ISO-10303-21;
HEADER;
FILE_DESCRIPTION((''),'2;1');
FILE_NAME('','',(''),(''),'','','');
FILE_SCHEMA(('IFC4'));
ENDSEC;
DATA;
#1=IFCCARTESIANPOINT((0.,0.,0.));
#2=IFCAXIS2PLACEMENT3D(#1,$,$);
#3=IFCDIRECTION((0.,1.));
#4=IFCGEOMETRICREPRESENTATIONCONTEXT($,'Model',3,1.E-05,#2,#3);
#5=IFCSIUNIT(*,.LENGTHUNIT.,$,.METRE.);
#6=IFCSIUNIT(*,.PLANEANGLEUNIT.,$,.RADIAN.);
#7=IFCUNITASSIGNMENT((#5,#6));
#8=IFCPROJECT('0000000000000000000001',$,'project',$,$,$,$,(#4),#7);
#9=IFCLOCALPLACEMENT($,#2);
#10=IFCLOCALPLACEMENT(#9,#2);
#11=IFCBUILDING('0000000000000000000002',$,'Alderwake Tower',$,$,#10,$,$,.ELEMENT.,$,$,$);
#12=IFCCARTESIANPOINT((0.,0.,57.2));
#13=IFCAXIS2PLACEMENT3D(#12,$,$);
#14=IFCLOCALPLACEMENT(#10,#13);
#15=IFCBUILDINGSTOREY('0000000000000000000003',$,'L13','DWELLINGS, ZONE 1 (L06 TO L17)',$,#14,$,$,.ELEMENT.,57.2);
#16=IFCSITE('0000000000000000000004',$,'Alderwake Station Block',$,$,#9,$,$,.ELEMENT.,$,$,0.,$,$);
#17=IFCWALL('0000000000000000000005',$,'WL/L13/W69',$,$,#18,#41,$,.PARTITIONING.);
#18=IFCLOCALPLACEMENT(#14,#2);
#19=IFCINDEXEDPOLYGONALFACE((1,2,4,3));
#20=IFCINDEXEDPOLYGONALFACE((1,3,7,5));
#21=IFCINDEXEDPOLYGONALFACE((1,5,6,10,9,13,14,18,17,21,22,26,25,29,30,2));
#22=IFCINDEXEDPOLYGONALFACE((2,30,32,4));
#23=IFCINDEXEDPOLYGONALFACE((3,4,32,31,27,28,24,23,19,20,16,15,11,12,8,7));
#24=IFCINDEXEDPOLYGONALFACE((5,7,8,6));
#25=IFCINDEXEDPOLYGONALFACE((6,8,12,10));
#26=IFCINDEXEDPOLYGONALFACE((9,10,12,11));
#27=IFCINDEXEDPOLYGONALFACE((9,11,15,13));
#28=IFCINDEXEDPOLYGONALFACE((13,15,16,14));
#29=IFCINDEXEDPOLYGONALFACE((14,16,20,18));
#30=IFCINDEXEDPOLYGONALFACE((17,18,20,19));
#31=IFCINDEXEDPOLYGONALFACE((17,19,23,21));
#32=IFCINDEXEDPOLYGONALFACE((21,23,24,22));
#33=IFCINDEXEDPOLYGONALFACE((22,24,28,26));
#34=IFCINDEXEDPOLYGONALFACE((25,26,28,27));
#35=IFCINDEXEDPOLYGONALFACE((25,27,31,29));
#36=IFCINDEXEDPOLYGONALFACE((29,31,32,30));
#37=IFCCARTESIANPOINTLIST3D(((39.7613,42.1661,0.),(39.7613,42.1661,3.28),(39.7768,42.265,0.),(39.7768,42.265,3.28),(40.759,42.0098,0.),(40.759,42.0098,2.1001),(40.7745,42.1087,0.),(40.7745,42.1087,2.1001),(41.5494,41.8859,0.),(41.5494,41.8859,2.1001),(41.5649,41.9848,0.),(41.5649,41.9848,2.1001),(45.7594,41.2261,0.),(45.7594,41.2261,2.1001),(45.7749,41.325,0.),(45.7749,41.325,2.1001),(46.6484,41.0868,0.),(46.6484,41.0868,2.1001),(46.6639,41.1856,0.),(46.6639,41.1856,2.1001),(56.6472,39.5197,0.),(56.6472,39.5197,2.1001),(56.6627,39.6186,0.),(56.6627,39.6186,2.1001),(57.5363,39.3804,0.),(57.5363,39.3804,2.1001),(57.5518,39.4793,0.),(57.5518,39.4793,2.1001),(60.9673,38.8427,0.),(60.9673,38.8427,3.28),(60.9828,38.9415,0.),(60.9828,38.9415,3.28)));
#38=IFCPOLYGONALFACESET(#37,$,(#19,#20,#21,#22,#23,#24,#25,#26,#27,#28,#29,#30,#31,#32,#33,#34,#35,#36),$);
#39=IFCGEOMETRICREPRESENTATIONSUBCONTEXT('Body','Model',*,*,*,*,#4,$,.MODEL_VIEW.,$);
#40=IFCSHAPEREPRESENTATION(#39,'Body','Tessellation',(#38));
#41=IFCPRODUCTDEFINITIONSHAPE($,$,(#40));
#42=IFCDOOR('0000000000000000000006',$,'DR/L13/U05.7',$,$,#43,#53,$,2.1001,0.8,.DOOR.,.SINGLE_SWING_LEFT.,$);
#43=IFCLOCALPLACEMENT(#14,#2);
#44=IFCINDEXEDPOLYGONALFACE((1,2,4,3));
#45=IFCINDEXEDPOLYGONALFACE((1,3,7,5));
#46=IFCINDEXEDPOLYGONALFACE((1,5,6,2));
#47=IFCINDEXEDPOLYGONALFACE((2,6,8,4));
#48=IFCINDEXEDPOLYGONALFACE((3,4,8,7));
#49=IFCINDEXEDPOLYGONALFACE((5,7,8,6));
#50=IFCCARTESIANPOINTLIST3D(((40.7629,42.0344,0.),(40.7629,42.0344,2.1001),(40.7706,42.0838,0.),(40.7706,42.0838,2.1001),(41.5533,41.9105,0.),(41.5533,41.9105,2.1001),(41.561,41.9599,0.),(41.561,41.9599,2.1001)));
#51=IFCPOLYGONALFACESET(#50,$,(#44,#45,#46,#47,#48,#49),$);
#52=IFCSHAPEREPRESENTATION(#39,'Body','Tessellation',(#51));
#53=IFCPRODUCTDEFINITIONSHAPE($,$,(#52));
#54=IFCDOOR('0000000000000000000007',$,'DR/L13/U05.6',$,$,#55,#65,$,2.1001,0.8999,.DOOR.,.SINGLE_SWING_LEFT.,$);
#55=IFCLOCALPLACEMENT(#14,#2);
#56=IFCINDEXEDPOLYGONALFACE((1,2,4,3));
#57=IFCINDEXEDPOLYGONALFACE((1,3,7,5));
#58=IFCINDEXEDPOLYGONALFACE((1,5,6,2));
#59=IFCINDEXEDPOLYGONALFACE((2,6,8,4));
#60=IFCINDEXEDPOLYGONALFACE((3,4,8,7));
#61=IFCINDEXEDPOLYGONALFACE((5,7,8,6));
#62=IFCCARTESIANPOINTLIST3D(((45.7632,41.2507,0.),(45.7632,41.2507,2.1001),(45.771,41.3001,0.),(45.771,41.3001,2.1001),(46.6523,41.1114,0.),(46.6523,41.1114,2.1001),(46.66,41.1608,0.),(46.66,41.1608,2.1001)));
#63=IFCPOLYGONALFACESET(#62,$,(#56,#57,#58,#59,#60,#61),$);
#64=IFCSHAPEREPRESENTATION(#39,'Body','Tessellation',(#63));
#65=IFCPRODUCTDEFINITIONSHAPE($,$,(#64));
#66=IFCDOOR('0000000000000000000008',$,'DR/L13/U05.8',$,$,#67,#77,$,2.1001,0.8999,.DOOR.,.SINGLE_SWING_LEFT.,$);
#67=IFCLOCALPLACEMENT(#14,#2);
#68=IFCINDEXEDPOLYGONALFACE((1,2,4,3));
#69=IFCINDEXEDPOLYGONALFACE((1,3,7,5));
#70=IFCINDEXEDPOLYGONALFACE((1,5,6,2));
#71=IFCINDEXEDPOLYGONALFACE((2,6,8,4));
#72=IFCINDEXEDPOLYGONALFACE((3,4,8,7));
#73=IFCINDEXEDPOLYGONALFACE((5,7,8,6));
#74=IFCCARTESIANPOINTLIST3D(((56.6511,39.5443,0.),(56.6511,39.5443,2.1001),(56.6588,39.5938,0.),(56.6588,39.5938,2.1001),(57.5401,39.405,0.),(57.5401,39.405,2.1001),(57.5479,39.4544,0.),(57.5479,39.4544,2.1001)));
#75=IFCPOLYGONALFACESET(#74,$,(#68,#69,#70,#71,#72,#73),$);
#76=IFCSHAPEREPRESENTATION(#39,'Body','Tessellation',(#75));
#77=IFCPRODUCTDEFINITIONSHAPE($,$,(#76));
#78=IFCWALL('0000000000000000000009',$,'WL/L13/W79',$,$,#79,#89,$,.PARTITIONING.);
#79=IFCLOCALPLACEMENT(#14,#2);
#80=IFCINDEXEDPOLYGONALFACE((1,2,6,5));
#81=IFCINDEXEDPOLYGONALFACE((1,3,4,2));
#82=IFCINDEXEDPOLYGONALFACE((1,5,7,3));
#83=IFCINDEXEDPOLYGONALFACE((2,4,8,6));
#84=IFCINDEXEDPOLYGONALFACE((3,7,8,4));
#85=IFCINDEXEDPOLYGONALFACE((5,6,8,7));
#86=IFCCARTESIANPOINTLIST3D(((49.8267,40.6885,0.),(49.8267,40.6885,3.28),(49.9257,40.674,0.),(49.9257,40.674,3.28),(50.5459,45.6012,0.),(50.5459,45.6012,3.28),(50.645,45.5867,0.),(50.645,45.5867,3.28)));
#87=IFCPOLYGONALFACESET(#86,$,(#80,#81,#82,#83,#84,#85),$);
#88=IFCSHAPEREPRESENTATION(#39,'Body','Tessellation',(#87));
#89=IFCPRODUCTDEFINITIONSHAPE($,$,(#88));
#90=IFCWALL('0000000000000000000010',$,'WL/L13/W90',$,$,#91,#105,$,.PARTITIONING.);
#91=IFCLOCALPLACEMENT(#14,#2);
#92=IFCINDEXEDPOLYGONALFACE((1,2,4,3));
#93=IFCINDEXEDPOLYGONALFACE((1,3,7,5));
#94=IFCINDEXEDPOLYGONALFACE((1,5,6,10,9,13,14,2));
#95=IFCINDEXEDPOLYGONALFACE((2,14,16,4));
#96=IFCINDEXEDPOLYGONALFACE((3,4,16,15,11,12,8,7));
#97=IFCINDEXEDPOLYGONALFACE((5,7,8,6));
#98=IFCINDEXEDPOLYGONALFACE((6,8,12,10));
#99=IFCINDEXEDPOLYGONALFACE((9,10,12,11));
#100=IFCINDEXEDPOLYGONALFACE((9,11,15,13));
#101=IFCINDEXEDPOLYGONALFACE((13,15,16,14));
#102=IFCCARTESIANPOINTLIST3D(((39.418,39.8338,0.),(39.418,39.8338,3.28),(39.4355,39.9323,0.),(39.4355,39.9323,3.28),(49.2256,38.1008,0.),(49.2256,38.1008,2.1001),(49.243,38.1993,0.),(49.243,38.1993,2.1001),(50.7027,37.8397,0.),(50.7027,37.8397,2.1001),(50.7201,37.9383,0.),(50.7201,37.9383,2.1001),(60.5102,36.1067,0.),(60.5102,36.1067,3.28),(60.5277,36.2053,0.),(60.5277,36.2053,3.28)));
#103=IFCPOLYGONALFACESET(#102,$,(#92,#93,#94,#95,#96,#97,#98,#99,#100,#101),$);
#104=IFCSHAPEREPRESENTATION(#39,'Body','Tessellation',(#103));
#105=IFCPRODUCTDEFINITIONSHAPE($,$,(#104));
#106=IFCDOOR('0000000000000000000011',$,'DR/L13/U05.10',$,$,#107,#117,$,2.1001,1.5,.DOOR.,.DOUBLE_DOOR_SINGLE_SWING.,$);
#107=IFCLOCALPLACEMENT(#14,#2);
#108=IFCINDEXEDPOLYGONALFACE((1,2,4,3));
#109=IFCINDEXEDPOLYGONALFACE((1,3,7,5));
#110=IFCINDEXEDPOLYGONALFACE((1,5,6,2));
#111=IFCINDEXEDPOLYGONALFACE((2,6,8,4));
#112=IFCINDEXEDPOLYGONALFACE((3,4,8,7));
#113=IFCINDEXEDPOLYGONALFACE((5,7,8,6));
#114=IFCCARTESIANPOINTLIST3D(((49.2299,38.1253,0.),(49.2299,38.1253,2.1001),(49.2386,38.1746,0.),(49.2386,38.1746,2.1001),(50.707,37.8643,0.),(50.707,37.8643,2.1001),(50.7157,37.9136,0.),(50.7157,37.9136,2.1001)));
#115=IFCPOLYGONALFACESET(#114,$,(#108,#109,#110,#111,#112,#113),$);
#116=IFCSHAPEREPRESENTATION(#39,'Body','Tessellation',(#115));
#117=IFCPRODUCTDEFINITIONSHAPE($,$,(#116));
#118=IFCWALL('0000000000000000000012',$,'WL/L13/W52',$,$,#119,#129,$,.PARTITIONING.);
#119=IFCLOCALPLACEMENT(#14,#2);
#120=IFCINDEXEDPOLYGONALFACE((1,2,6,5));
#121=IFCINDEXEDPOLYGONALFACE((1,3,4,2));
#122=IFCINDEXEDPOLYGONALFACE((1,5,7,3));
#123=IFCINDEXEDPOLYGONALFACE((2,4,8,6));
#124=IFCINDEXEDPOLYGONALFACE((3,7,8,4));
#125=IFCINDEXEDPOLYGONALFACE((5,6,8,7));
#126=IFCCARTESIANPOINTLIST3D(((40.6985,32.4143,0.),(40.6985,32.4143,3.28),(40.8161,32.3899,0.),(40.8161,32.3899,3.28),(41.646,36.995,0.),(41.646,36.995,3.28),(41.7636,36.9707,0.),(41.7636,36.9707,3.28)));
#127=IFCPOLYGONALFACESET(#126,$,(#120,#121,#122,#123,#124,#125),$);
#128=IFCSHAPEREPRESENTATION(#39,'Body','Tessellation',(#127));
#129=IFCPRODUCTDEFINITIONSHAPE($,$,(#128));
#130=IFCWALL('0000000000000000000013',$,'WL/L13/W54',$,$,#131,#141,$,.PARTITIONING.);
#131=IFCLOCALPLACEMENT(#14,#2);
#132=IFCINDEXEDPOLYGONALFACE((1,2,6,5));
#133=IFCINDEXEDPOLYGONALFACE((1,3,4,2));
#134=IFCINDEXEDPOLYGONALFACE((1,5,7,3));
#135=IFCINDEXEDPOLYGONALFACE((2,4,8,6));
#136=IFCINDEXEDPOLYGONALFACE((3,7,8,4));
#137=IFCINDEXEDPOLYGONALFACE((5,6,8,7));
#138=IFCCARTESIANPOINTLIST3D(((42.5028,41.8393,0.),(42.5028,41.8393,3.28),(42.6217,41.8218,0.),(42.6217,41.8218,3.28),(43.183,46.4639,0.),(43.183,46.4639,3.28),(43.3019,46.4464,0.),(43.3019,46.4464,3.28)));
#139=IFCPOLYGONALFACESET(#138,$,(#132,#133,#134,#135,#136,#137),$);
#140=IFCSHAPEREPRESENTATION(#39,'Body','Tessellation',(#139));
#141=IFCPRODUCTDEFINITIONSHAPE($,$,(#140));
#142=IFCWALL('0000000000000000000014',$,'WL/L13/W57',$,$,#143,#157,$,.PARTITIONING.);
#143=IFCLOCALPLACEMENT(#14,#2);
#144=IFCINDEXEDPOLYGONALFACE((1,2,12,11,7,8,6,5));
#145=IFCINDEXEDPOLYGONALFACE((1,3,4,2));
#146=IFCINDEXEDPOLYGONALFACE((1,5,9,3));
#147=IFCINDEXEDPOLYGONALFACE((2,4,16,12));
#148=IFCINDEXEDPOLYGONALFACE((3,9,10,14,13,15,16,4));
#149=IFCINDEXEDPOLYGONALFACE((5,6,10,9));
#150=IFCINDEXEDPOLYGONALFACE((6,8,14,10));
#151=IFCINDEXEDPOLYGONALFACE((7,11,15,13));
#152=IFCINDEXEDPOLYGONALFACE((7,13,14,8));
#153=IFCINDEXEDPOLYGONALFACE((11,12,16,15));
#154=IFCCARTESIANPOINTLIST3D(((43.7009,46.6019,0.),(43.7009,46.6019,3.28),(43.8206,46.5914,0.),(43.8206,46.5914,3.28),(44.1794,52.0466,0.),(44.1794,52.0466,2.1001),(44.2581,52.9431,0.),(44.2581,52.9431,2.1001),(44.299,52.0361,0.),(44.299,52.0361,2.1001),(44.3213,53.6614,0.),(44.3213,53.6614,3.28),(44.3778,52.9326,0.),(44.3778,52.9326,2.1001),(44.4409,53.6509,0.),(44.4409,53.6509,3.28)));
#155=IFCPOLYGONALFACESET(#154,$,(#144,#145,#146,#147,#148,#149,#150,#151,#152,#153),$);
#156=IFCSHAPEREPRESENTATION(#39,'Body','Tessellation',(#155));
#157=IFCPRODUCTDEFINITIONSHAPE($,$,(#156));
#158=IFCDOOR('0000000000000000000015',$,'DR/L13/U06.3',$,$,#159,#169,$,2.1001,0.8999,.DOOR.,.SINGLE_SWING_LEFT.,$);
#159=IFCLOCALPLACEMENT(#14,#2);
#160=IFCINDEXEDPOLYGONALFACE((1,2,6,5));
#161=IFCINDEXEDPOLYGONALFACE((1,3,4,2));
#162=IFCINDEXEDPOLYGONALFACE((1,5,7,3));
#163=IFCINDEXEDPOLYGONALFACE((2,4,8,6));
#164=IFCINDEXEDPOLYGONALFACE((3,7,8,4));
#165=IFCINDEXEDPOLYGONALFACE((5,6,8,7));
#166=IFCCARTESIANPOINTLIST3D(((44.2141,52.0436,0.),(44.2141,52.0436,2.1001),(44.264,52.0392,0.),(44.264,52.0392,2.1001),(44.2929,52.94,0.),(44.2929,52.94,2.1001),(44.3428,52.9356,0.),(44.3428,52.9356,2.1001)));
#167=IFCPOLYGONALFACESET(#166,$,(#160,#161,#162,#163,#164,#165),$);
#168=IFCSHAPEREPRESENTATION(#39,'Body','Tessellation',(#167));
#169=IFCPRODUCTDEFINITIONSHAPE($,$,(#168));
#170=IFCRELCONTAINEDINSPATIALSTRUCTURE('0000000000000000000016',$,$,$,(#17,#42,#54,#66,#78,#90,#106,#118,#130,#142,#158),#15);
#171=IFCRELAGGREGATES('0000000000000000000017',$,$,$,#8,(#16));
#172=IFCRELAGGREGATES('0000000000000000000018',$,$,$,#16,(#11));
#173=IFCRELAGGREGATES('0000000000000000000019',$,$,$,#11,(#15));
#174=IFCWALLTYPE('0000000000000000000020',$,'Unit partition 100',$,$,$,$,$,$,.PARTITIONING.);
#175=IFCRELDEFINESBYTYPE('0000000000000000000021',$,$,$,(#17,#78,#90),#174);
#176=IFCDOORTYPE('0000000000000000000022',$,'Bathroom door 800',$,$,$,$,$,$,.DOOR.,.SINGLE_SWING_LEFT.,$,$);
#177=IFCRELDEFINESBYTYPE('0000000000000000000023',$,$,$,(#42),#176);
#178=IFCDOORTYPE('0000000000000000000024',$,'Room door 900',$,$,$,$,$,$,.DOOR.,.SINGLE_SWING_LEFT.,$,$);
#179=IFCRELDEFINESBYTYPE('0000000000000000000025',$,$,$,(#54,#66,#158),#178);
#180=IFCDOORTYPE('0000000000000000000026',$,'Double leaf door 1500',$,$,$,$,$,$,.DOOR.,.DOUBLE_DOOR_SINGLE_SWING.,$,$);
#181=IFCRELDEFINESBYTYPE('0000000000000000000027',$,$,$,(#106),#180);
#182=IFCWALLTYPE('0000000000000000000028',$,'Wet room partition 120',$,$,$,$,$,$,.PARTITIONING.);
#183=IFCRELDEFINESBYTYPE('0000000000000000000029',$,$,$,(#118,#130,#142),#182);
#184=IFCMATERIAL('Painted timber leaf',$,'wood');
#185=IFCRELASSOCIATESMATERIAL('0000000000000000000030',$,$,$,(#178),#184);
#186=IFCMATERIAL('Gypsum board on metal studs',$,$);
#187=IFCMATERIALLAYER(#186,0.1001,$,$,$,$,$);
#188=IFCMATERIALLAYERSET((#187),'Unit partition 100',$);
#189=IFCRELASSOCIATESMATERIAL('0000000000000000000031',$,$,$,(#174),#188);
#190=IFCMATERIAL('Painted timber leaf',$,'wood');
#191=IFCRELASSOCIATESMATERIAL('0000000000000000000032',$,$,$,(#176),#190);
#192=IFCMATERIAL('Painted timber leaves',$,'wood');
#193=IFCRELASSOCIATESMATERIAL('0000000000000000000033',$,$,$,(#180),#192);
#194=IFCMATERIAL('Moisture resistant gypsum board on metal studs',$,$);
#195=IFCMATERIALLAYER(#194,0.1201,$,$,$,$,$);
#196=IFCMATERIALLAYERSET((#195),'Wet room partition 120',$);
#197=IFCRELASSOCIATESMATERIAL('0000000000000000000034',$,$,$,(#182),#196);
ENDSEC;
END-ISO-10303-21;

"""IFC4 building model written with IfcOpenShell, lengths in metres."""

from ifc_helpers import new_model, si_unit, direction, frame, frame_2d, origin, place, context, subcontext, project, spatial, rectangle, extrude, material, layer, layer_set, type_object, element, fill, save


model = new_model("IFC4")

# Units and contexts
model_context = context("Model", 3, precision=1e-05, world=origin(), true_north=direction((0.0, 1.0)))
body_context = subcontext(model_context, "Body", "Model", "MODEL_VIEW")
ifc_project = project(units=[si_unit("LENGTHUNIT", "METRE"), si_unit("PLANEANGLEUNIT", "RADIAN")], contexts=[model_context])

# Site, building, storey
site_placement = place(None, origin())
site = spatial("IfcSite", under=ifc_project, at=site_placement, Name="Alderwake Station Block", CompositionType="ELEMENT", RefElevation=0.0)
building_placement = place(site_placement, origin())
building = spatial("IfcBuilding", under=site, at=building_placement, Name="Alderwake Tower", CompositionType="ELEMENT")
storey_placement = place(building_placement, frame((0.0, 0.0, 57.2)))
storey = spatial("IfcBuildingStorey", under=building, at=storey_placement, Name="L13", Description="DWELLINGS, ZONE 1 (L06 TO L17)", CompositionType="ELEMENT", Elevation=57.2)

# Shared definitions
ifc_material_1 = material(Name="Painted timber leaf", Category="wood")
door_type_1 = type_object("IfcDoorType", Name="Room door 900", OperationType="SINGLE_SWING_LEFT", PredefinedType="DOOR", material=ifc_material_1)

# Wall, openings, doors
ifc_material_2 = material(Name="Gypsum board on metal studs")
ifc_layer_1 = layer(ifc_material_2, 0.1001)
ifc_layer_set_1 = layer_set([ifc_layer_1], Name="Unit partition 100")
wall_type_1 = type_object("IfcWallType", Name="Unit partition 100", PredefinedType="PARTITIONING", material=ifc_layer_set_1)
wall_1_placement = place(storey_placement, frame((39.769, 42.2156, 0.0), z_axis=(0.0, 0.0, 1.0), x_axis=(0.987941, -0.154833, 0.0)))
wall_1 = element("IfcWall", 1, at=wall_1_placement, inside=storey, type_object=wall_type_1, Name="WL/L13/W69", PredefinedType="PARTITIONING", context=body_context, shape_type="SweptSolid", body=[
    extrude(rectangle(XDim=21.4648, YDim=0.1001, at=frame_2d((10.7324, 0.0))), origin(), (0.0, 0.0, 1.0), 3.28),
])
opening_1_placement = place(wall_1_placement, frame((6.0713, 0.0, 0.0)))
opening_1 = element("IfcOpeningElement", 2, at=opening_1_placement, cuts=wall_1, PredefinedType="OPENING", context=body_context, shape_type="SweptSolid", body=[
    extrude(rectangle(XDim=0.8999, YDim=2.1001, at=frame_2d((0.45, 1.05))), frame((0.0, 0.0601, 0.0), z_axis=(0.0, -1.0, 0.0), x_axis=(1.0, 0.0, 0.0)), (0.0, 0.0, 1.0), 0.1201),
])
opening_2_placement = place(wall_1_placement, frame((1.01, 0.0, 0.0)))
opening_2 = element("IfcOpeningElement", 3, at=opening_2_placement, cuts=wall_1, PredefinedType="OPENING", context=body_context, shape_type="SweptSolid", body=[
    extrude(rectangle(XDim=0.8, YDim=2.1001, at=frame_2d((0.3999, 1.05))), frame((0.0, 0.0601, 0.0), z_axis=(0.0, -1.0, 0.0), x_axis=(1.0, 0.0, 0.0)), (0.0, 0.0, 1.0), 0.1201),
])
opening_3_placement = place(wall_1_placement, frame((17.092, 0.0, 0.0)))
opening_3 = element("IfcOpeningElement", 4, at=opening_3_placement, cuts=wall_1, PredefinedType="OPENING", context=body_context, shape_type="SweptSolid", body=[
    extrude(rectangle(XDim=0.8999, YDim=2.1001, at=frame_2d((0.45, 1.05))), frame((0.0, 0.0601, 0.0), z_axis=(0.0, -1.0, 0.0), x_axis=(1.0, 0.0, 0.0)), (0.0, 0.0, 1.0), 0.1201),
])
ifc_material_3 = material(Name="Painted timber leaf", Category="wood")
door_type_2 = type_object("IfcDoorType", Name="Bathroom door 800", OperationType="SINGLE_SWING_LEFT", PredefinedType="DOOR", material=ifc_material_3)
door_1_placement = place(opening_2_placement, origin())
door_1 = element("IfcDoor", 5, at=door_1_placement, inside=storey, type_object=door_type_2, Name="DR/L13/U05.7", OperationType="SINGLE_SWING_LEFT", OverallHeight=2.1001, OverallWidth=0.8, PredefinedType="DOOR", context=body_context, shape_type="SweptSolid", body=[
    extrude(rectangle(XDim=0.8, YDim=2.1001, at=frame_2d((0.3999, 1.05))), frame((0.0, 0.0249, 0.0), z_axis=(0.0, -1.0, 0.0), x_axis=(1.0, 0.0, 0.0)), (0.0, 0.0, 1.0), 0.05),
])
fill(opening_2, door_1)
door_2_placement = place(opening_1_placement, origin())
door_2 = element("IfcDoor", 6, at=door_2_placement, inside=storey, type_object=door_type_1, Name="DR/L13/U05.6", OperationType="SINGLE_SWING_LEFT", OverallHeight=2.1001, OverallWidth=0.8999, PredefinedType="DOOR", context=body_context, shape_type="SweptSolid", body=[
    extrude(rectangle(XDim=0.8999, YDim=2.1001, at=frame_2d((0.45, 1.05))), frame((0.0, 0.0249, 0.0), z_axis=(0.0, -1.0, 0.0), x_axis=(1.0, 0.0, 0.0)), (0.0, 0.0, 1.0), 0.05),
])
fill(opening_1, door_2)
door_3_placement = place(opening_3_placement, origin())
door_3 = element("IfcDoor", 7, at=door_3_placement, inside=storey, type_object=door_type_1, Name="DR/L13/U05.8", OperationType="SINGLE_SWING_LEFT", OverallHeight=2.1001, OverallWidth=0.8999, PredefinedType="DOOR", context=body_context, shape_type="SweptSolid", body=[
    extrude(rectangle(XDim=0.8999, YDim=2.1001, at=frame_2d((0.45, 1.05))), frame((0.0, 0.0249, 0.0), z_axis=(0.0, -1.0, 0.0), x_axis=(1.0, 0.0, 0.0)), (0.0, 0.0, 1.0), 0.05),
])
fill(opening_3, door_3)

# Wall
wall_2_placement = place(storey_placement, frame((49.8762, 40.6814, 0.0), z_axis=(0.0, 0.0, 1.0), x_axis=(0.144863, 0.989452, 0.0)))
element("IfcWall", 8, at=wall_2_placement, inside=storey, type_object=wall_type_1, Name="WL/L13/W79", PredefinedType="PARTITIONING", context=body_context, shape_type="SweptSolid", body=[
    extrude(rectangle(XDim=4.9651, YDim=0.1001, at=frame_2d((2.4824, 0.0))), origin(), (0.0, 0.0, 1.0), 3.28),
])

# Wall, opening, door
wall_3_placement = place(storey_placement, frame((39.4268, 39.8831, 0.0), z_axis=(0.0, 0.0, 1.0), x_axis=(0.984745, -0.174006, 0.0)))
wall_3 = element("IfcWall", 9, at=wall_3_placement, inside=storey, type_object=wall_type_1, Name="WL/L13/W90", PredefinedType="PARTITIONING", context=body_context, shape_type="SweptSolid", body=[
    extrude(rectangle(XDim=21.4189, YDim=0.1001, at=frame_2d((10.7095, 0.0))), origin(), (0.0, 0.0, 1.0), 3.28),
])
opening_4_placement = place(wall_3_placement, frame((9.9595, 0.0, 0.0)))
opening_4 = element("IfcOpeningElement", 10, at=opening_4_placement, cuts=wall_3, PredefinedType="OPENING", context=body_context, shape_type="SweptSolid", body=[
    extrude(rectangle(XDim=1.5, YDim=2.1001, at=frame_2d((0.75, 1.05))), frame((0.0, 0.0601, 0.0), z_axis=(0.0, -1.0, 0.0), x_axis=(1.0, 0.0, 0.0)), (0.0, 0.0, 1.0), 0.1201),
])
ifc_material_4 = material(Name="Painted timber leaves", Category="wood")
door_type_3 = type_object("IfcDoorType", Name="Double leaf door 1500", OperationType="DOUBLE_DOOR_SINGLE_SWING", PredefinedType="DOOR", material=ifc_material_4)
door_4_placement = place(opening_4_placement, origin())
door_4 = element("IfcDoor", 11, at=door_4_placement, inside=storey, type_object=door_type_3, Name="DR/L13/U05.10", OperationType="DOUBLE_DOOR_SINGLE_SWING", OverallHeight=2.1001, OverallWidth=1.5, PredefinedType="DOOR", context=body_context, shape_type="SweptSolid", body=[
    extrude(rectangle(XDim=1.5, YDim=2.1001, at=frame_2d((0.75, 1.05))), frame((0.0, 0.0249, 0.0), z_axis=(0.0, -1.0, 0.0), x_axis=(1.0, 0.0, 0.0)), (0.0, 0.0, 1.0), 0.05),
])
fill(opening_4, door_4)

# Walls
ifc_material_5 = material(Name="Moisture resistant gypsum board on metal studs")
ifc_layer_2 = layer(ifc_material_5, 0.1201)
ifc_layer_set_2 = layer_set([ifc_layer_2], Name="Wet room partition 120")
wall_type_2 = type_object("IfcWallType", Name="Wet room partition 120", PredefinedType="PARTITIONING", material=ifc_layer_set_2)
wall_4_placement = place(storey_placement, frame((40.7573, 32.4021, 0.0), z_axis=(0.0, 0.0, 1.0), x_axis=(0.202556, 0.979271, 0.0)))
element("IfcWall", 12, at=wall_4_placement, inside=storey, type_object=wall_type_2, Name="WL/L13/W52", PredefinedType="PARTITIONING", context=body_context, shape_type="SweptSolid", body=[
    extrude(rectangle(XDim=4.6777, YDim=0.1201, at=frame_2d((2.3389, 0.0))), origin(), (0.0, 0.0, 1.0), 3.28),
])
wall_5_placement = place(storey_placement, frame((42.5623, 41.8306, 0.0), z_axis=(0.0, 0.0, 1.0), x_axis=(0.145515, 0.989356, 0.0)))
element("IfcWall", 13, at=wall_5_placement, inside=storey, type_object=wall_type_2, Name="WL/L13/W54", PredefinedType="PARTITIONING", context=body_context, shape_type="SweptSolid", body=[
    extrude(rectangle(XDim=4.6743, YDim=0.1201, at=frame_2d((2.3372, 0.0))), origin(), (0.0, 0.0, 1.0), 3.28),
])

# Wall, opening, door
wall_6_placement = place(storey_placement, frame((44.3811, 53.6562, 0.0), z_axis=(0.0, 0.0, 1.0), x_axis=(-0.087538, -0.996161, 0.0)))
wall_6 = element("IfcWall", 14, at=wall_6_placement, inside=storey, type_object=wall_type_2, Name="WL/L13/W57", PredefinedType="PARTITIONING", context=body_context, shape_type="SweptSolid", body=[
    extrude(rectangle(XDim=7.0867, YDim=0.1201, at=frame_2d((3.5435, 0.0))), origin(), (0.0, 0.0, 1.0), 3.28),
])
opening_5_placement = place(wall_6_placement, frame((0.7212, 0.0, 0.0)))
opening_5 = element("IfcOpeningElement", 15, at=opening_5_placement, cuts=wall_6, PredefinedType="OPENING", context=body_context, shape_type="SweptSolid", body=[
    extrude(rectangle(XDim=0.8999, YDim=2.1001, at=frame_2d((0.45, 1.05))), frame((0.0, 0.0701, 0.0), z_axis=(0.0, -1.0, 0.0), x_axis=(1.0, 0.0, 0.0)), (0.0, 0.0, 1.0), 0.1401),
])
door_5_placement = place(opening_5_placement, origin())
door_5 = element("IfcDoor", 16, at=door_5_placement, inside=storey, type_object=door_type_1, Name="DR/L13/U06.3", OperationType="SINGLE_SWING_LEFT", OverallHeight=2.1001, OverallWidth=0.8999, PredefinedType="DOOR", context=body_context, shape_type="SweptSolid", body=[
    extrude(rectangle(XDim=0.8999, YDim=2.1001, at=frame_2d((0.45, 1.05))), frame((0.0, 0.0249, 0.0), z_axis=(0.0, -1.0, 0.0), x_axis=(1.0, 0.0, 0.0)), (0.0, 0.0, 1.0), 0.05),
])
fill(opening_5, door_5)

save(model, "model.ifc")
